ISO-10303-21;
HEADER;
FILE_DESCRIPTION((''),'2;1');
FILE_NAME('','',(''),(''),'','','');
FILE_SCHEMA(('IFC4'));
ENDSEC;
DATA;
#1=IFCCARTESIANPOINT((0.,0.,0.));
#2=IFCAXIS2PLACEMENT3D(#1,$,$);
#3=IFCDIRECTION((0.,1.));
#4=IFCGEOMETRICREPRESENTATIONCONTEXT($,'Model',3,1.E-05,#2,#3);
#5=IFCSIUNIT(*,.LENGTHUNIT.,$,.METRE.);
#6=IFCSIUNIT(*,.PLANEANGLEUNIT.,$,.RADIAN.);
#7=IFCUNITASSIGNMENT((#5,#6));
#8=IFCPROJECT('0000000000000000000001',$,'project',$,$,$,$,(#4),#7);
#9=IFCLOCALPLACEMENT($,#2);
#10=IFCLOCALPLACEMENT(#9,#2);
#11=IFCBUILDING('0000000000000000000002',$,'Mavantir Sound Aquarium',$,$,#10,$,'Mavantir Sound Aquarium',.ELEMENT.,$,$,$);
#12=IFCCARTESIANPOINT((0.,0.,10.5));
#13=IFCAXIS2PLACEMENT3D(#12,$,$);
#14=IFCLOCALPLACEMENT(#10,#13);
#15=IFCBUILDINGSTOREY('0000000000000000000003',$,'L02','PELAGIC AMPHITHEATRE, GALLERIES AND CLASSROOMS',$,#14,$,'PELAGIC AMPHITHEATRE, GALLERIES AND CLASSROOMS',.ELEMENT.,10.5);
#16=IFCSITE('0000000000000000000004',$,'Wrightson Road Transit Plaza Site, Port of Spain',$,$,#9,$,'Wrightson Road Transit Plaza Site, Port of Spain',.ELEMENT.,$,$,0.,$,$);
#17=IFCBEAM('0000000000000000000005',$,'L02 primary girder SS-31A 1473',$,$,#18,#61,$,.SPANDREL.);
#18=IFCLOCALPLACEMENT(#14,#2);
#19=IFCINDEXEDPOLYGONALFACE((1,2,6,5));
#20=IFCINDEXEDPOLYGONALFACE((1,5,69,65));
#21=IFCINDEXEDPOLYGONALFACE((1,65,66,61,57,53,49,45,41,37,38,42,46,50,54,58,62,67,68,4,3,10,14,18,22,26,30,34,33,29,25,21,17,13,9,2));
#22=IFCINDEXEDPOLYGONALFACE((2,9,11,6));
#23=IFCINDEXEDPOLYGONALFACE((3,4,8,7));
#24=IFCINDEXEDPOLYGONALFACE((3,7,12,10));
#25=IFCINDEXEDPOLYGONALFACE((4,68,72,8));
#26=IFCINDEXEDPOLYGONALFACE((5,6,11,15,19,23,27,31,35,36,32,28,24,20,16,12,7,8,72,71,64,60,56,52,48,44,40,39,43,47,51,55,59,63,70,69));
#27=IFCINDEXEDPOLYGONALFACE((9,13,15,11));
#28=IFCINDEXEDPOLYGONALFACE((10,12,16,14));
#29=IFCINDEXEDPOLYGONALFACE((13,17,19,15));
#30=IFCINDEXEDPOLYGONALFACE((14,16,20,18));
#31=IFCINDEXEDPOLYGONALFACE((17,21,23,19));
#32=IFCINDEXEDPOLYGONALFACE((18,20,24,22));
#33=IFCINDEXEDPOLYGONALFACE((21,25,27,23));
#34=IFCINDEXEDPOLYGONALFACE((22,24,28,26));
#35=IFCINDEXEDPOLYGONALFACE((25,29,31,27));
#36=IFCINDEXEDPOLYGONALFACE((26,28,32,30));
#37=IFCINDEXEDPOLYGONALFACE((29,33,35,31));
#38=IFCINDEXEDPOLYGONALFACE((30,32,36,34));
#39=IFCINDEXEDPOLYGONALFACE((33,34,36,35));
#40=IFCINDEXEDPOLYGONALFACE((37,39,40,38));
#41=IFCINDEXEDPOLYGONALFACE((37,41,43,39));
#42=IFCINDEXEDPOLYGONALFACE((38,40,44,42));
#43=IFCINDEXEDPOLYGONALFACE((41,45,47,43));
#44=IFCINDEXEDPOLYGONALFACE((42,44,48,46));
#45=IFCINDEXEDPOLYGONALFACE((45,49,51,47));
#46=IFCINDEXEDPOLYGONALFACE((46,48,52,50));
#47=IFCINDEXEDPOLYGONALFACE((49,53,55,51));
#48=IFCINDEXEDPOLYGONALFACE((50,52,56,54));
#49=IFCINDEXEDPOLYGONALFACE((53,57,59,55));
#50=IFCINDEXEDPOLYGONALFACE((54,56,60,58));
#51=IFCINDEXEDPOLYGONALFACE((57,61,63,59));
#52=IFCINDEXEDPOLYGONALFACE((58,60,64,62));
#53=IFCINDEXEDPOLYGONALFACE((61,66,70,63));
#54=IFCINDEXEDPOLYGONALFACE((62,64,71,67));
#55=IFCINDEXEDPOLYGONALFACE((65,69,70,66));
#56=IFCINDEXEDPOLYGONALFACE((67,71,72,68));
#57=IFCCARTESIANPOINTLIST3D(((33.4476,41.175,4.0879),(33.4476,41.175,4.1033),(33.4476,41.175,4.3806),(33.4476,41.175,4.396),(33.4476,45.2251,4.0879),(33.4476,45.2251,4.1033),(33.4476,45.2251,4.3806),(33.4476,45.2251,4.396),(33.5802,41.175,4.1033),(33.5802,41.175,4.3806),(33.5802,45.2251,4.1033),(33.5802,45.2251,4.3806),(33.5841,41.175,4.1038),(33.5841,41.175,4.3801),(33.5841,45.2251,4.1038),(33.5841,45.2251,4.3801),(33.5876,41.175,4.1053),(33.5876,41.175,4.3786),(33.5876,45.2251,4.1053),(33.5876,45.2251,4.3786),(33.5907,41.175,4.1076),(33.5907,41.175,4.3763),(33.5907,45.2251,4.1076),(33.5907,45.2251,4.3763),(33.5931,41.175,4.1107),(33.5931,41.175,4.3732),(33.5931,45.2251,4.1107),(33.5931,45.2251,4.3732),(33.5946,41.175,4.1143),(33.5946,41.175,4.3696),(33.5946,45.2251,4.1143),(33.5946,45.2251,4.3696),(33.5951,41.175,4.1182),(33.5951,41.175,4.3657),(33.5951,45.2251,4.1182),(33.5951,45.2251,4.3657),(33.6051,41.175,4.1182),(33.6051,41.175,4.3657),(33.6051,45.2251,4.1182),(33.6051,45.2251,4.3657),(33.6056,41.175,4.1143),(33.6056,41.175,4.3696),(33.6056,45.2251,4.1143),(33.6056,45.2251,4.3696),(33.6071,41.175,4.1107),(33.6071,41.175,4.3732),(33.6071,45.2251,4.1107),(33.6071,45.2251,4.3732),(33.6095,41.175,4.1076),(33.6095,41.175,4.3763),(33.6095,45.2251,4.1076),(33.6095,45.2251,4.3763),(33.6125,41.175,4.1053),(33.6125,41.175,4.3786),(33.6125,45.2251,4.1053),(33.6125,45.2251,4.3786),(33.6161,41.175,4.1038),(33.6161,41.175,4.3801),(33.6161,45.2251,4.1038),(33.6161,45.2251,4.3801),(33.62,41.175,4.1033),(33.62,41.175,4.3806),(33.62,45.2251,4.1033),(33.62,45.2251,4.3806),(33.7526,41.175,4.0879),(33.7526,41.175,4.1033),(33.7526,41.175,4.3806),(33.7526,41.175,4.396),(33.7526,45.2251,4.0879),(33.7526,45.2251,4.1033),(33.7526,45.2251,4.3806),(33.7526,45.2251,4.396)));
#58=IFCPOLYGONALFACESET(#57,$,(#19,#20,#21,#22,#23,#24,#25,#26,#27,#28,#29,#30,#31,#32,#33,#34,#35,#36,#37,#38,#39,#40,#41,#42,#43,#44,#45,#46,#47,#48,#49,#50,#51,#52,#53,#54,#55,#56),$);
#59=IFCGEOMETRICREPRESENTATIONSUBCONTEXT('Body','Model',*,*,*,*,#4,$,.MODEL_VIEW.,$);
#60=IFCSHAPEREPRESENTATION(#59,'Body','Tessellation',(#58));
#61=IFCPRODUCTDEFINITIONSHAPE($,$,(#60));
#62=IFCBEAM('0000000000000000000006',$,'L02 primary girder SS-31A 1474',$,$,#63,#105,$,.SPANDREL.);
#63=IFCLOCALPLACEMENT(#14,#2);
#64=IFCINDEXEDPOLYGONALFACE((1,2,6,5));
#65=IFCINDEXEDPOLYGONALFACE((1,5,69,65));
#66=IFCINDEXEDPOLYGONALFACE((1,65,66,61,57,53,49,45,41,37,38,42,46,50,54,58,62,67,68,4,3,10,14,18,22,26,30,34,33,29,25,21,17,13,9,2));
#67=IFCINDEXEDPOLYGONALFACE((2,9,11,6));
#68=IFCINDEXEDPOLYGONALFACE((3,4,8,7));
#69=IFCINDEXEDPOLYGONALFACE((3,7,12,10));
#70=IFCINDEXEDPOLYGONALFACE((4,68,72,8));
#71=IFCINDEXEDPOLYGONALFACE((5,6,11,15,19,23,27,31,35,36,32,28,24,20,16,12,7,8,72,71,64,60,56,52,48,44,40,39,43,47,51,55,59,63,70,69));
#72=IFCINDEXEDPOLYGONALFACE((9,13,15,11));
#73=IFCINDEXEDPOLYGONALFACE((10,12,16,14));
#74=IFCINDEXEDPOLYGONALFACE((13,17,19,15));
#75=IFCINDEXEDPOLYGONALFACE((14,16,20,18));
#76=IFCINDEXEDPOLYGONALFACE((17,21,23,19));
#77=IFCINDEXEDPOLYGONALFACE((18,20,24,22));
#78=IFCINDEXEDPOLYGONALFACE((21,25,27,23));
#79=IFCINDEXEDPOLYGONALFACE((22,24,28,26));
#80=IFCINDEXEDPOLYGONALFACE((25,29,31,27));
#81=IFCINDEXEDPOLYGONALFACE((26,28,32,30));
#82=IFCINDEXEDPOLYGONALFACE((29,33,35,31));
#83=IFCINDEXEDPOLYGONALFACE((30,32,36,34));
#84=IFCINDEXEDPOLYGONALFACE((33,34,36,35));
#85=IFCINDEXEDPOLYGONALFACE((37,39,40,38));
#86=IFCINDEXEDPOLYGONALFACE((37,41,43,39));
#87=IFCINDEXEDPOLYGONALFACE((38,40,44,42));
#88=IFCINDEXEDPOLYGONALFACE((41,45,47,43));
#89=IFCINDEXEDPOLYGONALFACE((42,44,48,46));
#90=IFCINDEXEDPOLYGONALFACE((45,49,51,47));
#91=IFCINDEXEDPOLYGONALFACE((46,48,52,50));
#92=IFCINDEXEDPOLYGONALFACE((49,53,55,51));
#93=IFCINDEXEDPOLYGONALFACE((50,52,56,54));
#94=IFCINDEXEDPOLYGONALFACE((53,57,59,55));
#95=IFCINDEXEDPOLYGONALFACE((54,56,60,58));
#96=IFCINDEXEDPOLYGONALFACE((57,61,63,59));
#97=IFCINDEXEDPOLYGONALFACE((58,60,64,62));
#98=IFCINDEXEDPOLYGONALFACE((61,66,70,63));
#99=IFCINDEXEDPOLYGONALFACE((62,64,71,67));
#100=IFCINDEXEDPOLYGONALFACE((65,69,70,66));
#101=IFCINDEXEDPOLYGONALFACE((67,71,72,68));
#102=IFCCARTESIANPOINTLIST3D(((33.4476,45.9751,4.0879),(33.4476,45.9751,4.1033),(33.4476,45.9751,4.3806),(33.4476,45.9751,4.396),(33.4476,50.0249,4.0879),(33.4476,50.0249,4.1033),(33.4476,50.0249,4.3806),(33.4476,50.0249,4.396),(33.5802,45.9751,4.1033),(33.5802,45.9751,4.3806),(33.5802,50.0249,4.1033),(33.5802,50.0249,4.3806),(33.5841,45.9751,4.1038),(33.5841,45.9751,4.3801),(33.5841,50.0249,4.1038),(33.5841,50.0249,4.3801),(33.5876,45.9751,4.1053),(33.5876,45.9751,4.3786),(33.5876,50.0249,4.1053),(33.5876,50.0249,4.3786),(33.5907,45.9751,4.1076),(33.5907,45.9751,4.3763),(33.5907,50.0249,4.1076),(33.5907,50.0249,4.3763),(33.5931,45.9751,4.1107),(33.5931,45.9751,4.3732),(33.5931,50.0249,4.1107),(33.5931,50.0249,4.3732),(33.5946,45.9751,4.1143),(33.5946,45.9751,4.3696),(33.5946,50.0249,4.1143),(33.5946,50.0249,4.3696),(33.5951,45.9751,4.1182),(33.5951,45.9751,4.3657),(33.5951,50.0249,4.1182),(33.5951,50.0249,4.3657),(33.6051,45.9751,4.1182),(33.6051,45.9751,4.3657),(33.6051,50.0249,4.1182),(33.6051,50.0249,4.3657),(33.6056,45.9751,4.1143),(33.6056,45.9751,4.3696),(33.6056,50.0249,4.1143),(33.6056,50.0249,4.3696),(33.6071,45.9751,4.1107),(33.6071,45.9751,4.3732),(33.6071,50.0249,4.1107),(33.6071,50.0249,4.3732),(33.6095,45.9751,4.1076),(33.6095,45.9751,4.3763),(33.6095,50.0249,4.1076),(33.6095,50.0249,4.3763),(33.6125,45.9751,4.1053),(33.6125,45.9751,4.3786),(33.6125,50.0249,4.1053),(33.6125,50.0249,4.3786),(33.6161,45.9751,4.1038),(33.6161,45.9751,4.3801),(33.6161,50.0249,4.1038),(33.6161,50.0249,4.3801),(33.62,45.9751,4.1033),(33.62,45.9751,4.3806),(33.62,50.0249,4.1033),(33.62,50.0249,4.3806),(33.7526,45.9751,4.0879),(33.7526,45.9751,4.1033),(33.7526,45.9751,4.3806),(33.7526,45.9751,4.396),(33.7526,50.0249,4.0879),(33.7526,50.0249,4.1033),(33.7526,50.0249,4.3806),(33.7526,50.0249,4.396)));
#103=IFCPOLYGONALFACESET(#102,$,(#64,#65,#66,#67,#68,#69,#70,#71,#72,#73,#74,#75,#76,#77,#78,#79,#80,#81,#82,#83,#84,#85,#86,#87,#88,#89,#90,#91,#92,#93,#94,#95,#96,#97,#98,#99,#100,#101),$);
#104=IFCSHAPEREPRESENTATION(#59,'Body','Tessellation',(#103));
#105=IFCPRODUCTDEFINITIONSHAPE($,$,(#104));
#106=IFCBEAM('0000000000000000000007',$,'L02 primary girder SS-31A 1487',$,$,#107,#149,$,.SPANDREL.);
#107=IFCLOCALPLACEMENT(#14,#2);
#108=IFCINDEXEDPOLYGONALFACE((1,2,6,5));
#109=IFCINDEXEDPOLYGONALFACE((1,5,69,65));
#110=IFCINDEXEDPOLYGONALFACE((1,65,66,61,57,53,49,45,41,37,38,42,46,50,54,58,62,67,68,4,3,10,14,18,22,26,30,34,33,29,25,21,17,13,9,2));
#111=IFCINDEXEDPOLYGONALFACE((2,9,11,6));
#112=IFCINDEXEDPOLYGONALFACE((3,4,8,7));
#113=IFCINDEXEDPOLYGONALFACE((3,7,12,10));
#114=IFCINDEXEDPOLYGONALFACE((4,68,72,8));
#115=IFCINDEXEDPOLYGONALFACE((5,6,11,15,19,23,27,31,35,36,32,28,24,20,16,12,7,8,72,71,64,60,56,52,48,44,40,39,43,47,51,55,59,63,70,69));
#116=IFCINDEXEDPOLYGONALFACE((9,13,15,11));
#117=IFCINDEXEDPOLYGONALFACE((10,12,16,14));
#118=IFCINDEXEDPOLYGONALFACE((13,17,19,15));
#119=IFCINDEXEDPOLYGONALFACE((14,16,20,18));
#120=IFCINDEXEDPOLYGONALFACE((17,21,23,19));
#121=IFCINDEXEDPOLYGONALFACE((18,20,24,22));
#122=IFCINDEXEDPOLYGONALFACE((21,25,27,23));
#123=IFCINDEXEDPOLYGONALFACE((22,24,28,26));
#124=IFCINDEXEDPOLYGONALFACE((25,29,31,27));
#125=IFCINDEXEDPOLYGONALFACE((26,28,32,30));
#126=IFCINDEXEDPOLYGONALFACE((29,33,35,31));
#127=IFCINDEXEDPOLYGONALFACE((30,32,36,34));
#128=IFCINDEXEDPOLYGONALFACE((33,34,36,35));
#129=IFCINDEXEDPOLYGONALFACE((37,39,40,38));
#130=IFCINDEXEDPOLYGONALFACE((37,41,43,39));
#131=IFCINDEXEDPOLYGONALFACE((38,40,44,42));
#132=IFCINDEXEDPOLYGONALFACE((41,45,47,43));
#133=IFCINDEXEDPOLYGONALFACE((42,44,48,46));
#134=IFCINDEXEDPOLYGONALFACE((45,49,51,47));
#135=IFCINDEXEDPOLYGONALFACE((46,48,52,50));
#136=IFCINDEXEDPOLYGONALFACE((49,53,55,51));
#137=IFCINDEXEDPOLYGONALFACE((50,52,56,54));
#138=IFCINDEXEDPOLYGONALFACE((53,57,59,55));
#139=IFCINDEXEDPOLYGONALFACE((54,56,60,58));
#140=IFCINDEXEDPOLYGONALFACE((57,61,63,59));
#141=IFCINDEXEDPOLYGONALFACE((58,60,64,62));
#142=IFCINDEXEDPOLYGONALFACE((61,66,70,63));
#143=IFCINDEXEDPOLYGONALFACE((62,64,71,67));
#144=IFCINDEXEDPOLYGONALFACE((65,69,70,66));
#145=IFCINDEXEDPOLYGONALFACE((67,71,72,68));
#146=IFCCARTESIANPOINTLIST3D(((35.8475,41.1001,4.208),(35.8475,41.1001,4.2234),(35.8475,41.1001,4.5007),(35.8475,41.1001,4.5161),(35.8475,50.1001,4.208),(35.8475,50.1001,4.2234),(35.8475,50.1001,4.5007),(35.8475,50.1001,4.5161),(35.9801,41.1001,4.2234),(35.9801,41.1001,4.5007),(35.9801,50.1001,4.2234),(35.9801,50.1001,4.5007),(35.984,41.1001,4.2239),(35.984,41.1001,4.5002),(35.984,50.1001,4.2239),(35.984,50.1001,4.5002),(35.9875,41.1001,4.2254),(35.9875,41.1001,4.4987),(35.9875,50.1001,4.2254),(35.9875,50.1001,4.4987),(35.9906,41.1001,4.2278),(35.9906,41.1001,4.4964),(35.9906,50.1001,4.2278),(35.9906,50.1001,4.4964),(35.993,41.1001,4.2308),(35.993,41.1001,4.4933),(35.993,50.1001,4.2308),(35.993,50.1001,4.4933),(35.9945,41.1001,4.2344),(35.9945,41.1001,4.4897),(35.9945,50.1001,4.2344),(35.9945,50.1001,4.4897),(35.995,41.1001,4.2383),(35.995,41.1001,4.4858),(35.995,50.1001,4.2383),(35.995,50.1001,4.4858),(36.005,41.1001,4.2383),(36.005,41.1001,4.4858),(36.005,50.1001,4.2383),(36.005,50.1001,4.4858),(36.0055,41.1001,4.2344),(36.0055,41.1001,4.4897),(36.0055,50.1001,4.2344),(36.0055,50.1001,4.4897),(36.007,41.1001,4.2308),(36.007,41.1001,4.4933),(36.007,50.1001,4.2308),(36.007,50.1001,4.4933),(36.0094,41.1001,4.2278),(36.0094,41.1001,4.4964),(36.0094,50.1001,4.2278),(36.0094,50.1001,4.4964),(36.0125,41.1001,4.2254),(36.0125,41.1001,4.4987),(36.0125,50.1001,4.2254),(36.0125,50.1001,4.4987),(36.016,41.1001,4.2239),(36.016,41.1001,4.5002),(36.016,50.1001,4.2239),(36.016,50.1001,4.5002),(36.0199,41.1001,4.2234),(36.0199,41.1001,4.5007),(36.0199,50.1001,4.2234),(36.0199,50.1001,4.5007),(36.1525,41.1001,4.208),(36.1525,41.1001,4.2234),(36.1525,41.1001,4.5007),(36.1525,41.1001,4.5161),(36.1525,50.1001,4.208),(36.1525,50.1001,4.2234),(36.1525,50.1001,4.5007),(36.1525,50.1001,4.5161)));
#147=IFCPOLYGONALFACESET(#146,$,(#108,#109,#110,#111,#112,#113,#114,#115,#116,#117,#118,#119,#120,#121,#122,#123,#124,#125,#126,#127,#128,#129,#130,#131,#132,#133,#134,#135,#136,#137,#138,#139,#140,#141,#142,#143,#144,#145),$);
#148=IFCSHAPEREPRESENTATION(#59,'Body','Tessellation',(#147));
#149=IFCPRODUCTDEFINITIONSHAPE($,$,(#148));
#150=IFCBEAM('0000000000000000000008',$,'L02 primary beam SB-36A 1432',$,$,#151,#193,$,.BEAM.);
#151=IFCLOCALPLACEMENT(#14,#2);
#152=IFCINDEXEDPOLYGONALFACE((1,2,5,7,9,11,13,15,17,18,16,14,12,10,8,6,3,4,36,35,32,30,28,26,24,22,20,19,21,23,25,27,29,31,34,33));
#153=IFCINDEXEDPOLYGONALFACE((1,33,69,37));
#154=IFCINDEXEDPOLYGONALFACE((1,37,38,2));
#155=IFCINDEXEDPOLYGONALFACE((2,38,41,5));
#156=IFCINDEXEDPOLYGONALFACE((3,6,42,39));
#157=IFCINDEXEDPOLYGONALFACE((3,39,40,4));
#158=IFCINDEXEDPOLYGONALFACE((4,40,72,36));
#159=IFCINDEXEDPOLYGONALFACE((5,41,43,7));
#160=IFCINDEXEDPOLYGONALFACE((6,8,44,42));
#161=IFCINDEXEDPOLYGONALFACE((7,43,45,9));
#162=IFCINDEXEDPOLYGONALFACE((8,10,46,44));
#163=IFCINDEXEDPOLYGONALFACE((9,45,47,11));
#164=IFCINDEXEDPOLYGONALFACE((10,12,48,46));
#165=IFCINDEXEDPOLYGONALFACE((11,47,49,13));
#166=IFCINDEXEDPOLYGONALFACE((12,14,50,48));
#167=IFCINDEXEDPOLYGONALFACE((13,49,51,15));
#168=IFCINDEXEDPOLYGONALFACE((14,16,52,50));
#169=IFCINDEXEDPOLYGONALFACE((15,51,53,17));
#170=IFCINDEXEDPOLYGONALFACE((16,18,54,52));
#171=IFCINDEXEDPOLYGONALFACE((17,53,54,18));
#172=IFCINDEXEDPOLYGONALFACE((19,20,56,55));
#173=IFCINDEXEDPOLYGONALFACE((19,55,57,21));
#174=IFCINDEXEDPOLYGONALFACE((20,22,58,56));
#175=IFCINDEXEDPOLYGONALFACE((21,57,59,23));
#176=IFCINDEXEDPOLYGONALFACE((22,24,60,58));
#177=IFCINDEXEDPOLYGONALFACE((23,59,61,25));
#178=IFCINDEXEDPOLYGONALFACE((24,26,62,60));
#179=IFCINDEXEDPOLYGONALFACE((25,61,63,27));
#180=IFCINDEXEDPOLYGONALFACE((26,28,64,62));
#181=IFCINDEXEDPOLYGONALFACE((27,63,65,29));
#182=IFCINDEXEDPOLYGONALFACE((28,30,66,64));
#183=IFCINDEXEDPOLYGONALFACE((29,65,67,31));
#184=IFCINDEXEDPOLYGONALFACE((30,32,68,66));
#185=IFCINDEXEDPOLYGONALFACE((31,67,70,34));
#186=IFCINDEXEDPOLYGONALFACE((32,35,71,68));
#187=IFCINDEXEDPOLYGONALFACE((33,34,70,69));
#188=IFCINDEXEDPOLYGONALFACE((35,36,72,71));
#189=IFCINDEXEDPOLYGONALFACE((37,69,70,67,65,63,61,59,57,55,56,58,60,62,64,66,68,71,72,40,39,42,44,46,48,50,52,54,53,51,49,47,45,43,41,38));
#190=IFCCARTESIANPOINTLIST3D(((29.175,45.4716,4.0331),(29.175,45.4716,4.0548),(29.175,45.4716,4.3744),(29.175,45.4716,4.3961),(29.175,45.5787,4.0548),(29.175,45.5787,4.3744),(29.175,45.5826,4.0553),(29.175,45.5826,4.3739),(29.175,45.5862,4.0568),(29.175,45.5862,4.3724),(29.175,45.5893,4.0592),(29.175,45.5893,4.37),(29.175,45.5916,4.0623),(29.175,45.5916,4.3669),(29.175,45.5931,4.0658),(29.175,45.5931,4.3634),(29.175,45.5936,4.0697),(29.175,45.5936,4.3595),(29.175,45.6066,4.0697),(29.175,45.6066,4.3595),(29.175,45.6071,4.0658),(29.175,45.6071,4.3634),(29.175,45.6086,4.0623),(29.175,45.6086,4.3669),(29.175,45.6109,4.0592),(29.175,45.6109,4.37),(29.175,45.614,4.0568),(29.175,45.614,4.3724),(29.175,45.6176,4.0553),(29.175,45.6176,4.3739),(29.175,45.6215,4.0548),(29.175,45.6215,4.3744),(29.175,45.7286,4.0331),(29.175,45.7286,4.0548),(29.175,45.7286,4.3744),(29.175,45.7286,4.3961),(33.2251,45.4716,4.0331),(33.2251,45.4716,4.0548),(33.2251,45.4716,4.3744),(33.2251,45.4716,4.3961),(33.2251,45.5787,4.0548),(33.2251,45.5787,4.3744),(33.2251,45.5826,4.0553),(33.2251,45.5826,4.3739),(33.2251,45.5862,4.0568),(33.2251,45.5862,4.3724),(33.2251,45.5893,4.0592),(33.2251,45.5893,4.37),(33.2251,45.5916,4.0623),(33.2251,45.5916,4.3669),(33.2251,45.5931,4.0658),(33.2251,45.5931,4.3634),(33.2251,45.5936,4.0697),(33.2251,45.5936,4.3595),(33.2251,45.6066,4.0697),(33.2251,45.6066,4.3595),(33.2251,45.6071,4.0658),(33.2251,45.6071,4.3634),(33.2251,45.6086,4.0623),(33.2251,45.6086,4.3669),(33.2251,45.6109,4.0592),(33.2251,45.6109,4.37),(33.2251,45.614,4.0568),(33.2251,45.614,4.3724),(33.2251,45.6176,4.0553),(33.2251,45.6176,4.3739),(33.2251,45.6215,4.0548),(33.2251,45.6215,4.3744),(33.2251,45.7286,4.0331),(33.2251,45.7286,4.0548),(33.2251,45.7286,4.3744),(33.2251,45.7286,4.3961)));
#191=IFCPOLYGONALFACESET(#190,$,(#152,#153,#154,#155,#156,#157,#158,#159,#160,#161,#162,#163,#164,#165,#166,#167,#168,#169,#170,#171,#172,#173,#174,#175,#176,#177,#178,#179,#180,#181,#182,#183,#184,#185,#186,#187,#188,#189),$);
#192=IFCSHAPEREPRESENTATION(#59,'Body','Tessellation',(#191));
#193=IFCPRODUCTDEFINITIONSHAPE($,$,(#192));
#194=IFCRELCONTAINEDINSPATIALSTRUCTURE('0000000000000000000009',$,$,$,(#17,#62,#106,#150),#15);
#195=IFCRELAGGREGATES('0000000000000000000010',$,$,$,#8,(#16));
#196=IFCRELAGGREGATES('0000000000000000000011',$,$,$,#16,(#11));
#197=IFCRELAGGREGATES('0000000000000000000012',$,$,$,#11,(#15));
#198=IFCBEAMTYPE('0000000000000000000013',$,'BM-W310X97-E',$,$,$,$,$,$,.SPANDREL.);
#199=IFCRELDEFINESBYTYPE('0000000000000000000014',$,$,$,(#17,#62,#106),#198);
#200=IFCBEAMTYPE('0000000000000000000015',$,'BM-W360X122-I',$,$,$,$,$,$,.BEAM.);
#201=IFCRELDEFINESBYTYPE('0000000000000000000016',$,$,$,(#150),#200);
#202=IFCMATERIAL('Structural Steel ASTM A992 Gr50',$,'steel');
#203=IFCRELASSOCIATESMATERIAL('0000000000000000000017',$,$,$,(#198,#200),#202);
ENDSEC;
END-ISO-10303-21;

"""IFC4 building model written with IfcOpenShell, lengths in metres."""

from ifc_helpers import new_model, si_unit, direction, frame, origin, origin_2d, place, context, subcontext, project, spatial, i_section, extrude, material, material_profile, profile_set, type_object, element, save


model = new_model("IFC4")

# Units and contexts
model_context = context("Model", 3, precision=1e-05, world=origin(), true_north=direction((0.0, 1.0)))
body_context = subcontext(model_context, "Body", "Model", "MODEL_VIEW")
ifc_project = project(units=[si_unit("LENGTHUNIT", "METRE"), si_unit("PLANEANGLEUNIT", "RADIAN")], contexts=[model_context])

# Site, building, storey
site_placement = place(None, origin())
site = spatial("IfcSite", under=ifc_project, at=site_placement, Name="Wrightson Road Transit Plaza Site, Port of Spain", LongName="Wrightson Road Transit Plaza Site, Port of Spain", CompositionType="ELEMENT", RefElevation=0.0)
building_placement = place(site_placement, origin())
building = spatial("IfcBuilding", under=site, at=building_placement, Name="Mavantir Sound Aquarium", LongName="Mavantir Sound Aquarium", CompositionType="ELEMENT")
storey_placement = place(building_placement, frame((0.0, 0.0, 10.5)))
storey = spatial("IfcBuildingStorey", under=building, at=storey_placement, Name="L02", Description="PELAGIC AMPHITHEATRE, GALLERIES AND CLASSROOMS", LongName="PELAGIC AMPHITHEATRE, GALLERIES AND CLASSROOMS", CompositionType="ELEMENT", Elevation=10.5)

# Beams
ifc_material_1 = material(Name="Structural Steel ASTM A992 Gr50", Category="steel")
ifc_material_profile_1 = material_profile(ifc_material_1, i_section(OverallWidth=0.3049, OverallDepth=0.3081, WebThickness=0.01, FlangeThickness=0.0154, FilletRadius=0.0149, at=origin_2d()), Name="W310X97")
ifc_profile_set_1 = profile_set([ifc_material_profile_1], Name="Structural Steel ASTM A992 Gr50")
beam_type_1 = type_object("IfcBeamType", Name="BM-W310X97-E", PredefinedType="SPANDREL", material=ifc_profile_set_1)
for number, where, z_axis, x_axis, name in (
    (1, (33.6001, 41.175, 4.2419), (0.0, 1.0, 0.0), (-1.0, 0.0, 0.0), "L02 primary girder SS-31A 1473"),
):
    element("IfcBeam", number, at=place(storey_placement, frame(where, z_axis=z_axis, x_axis=x_axis)), inside=storey, type_object=beam_type_1, Name=name, PredefinedType="SPANDREL", context=body_context, shape_type="SweptSolid", body=[
        extrude(i_section(OverallWidth=0.3049, OverallDepth=0.3081, WebThickness=0.01, FlangeThickness=0.0154, FilletRadius=0.0149, at=origin_2d()), origin(), (0.0, 0.0, 1.0), 4.05),
    ])
beam_1_placement = place(storey_placement, frame((33.6001, 45.9751, 4.2419), z_axis=(0.0, 1.0, 0.0), x_axis=(-1.0, 0.0, 0.0)))
element("IfcBeam", 2, at=beam_1_placement, inside=storey, type_object=beam_type_1, Name="L02 primary girder SS-31A 1474", PredefinedType="SPANDREL", context=body_context, shape_type="SweptSolid", body=[
    extrude(i_section(OverallWidth=0.3049, OverallDepth=0.3081, WebThickness=0.01, FlangeThickness=0.0154, FilletRadius=0.0149, at=origin_2d()), origin(), (0.0, 0.0, 1.0), 4.0498),
])
beam_2_placement = place(storey_placement, frame((36.0, 41.1001, 4.3621), z_axis=(0.0, 1.0, 0.0), x_axis=(-1.0, 0.0, 0.0)))
element("IfcBeam", 3, at=beam_2_placement, inside=storey, type_object=beam_type_1, Name="L02 primary girder SS-31A 1487", PredefinedType="SPANDREL", context=body_context, shape_type="SweptSolid", body=[
    extrude(i_section(OverallWidth=0.3049, OverallDepth=0.3081, WebThickness=0.01, FlangeThickness=0.0154, FilletRadius=0.0149, at=origin_2d()), origin(), (0.0, 0.0, 1.0), 9.0),
])
ifc_material_profile_2 = material_profile(ifc_material_1, i_section(OverallWidth=0.2571, OverallDepth=0.363, WebThickness=0.0129, FlangeThickness=0.0217, FilletRadius=0.0149, at=origin_2d()), Name="W360X122")
ifc_profile_set_2 = profile_set([ifc_material_profile_2], Name="Structural Steel ASTM A992 Gr50")
beam_type_2 = type_object("IfcBeamType", Name="BM-W360X122-I", PredefinedType="BEAM", material=ifc_profile_set_2)
beam_3_placement = place(storey_placement, frame((29.175, 45.6001, 4.2146), z_axis=(1.0, 0.0, 0.0), x_axis=(0.0, 1.0, 0.0)))
element("IfcBeam", 4, at=beam_3_placement, inside=storey, type_object=beam_type_2, Name="L02 primary beam SB-36A 1432", PredefinedType="BEAM", context=body_context, shape_type="SweptSolid", body=[
    extrude(i_section(OverallWidth=0.2571, OverallDepth=0.363, WebThickness=0.0129, FlangeThickness=0.0217, FilletRadius=0.0149, at=origin_2d()), origin(), (0.0, 0.0, 1.0), 4.05),
])

save(model, "model.ifc")
